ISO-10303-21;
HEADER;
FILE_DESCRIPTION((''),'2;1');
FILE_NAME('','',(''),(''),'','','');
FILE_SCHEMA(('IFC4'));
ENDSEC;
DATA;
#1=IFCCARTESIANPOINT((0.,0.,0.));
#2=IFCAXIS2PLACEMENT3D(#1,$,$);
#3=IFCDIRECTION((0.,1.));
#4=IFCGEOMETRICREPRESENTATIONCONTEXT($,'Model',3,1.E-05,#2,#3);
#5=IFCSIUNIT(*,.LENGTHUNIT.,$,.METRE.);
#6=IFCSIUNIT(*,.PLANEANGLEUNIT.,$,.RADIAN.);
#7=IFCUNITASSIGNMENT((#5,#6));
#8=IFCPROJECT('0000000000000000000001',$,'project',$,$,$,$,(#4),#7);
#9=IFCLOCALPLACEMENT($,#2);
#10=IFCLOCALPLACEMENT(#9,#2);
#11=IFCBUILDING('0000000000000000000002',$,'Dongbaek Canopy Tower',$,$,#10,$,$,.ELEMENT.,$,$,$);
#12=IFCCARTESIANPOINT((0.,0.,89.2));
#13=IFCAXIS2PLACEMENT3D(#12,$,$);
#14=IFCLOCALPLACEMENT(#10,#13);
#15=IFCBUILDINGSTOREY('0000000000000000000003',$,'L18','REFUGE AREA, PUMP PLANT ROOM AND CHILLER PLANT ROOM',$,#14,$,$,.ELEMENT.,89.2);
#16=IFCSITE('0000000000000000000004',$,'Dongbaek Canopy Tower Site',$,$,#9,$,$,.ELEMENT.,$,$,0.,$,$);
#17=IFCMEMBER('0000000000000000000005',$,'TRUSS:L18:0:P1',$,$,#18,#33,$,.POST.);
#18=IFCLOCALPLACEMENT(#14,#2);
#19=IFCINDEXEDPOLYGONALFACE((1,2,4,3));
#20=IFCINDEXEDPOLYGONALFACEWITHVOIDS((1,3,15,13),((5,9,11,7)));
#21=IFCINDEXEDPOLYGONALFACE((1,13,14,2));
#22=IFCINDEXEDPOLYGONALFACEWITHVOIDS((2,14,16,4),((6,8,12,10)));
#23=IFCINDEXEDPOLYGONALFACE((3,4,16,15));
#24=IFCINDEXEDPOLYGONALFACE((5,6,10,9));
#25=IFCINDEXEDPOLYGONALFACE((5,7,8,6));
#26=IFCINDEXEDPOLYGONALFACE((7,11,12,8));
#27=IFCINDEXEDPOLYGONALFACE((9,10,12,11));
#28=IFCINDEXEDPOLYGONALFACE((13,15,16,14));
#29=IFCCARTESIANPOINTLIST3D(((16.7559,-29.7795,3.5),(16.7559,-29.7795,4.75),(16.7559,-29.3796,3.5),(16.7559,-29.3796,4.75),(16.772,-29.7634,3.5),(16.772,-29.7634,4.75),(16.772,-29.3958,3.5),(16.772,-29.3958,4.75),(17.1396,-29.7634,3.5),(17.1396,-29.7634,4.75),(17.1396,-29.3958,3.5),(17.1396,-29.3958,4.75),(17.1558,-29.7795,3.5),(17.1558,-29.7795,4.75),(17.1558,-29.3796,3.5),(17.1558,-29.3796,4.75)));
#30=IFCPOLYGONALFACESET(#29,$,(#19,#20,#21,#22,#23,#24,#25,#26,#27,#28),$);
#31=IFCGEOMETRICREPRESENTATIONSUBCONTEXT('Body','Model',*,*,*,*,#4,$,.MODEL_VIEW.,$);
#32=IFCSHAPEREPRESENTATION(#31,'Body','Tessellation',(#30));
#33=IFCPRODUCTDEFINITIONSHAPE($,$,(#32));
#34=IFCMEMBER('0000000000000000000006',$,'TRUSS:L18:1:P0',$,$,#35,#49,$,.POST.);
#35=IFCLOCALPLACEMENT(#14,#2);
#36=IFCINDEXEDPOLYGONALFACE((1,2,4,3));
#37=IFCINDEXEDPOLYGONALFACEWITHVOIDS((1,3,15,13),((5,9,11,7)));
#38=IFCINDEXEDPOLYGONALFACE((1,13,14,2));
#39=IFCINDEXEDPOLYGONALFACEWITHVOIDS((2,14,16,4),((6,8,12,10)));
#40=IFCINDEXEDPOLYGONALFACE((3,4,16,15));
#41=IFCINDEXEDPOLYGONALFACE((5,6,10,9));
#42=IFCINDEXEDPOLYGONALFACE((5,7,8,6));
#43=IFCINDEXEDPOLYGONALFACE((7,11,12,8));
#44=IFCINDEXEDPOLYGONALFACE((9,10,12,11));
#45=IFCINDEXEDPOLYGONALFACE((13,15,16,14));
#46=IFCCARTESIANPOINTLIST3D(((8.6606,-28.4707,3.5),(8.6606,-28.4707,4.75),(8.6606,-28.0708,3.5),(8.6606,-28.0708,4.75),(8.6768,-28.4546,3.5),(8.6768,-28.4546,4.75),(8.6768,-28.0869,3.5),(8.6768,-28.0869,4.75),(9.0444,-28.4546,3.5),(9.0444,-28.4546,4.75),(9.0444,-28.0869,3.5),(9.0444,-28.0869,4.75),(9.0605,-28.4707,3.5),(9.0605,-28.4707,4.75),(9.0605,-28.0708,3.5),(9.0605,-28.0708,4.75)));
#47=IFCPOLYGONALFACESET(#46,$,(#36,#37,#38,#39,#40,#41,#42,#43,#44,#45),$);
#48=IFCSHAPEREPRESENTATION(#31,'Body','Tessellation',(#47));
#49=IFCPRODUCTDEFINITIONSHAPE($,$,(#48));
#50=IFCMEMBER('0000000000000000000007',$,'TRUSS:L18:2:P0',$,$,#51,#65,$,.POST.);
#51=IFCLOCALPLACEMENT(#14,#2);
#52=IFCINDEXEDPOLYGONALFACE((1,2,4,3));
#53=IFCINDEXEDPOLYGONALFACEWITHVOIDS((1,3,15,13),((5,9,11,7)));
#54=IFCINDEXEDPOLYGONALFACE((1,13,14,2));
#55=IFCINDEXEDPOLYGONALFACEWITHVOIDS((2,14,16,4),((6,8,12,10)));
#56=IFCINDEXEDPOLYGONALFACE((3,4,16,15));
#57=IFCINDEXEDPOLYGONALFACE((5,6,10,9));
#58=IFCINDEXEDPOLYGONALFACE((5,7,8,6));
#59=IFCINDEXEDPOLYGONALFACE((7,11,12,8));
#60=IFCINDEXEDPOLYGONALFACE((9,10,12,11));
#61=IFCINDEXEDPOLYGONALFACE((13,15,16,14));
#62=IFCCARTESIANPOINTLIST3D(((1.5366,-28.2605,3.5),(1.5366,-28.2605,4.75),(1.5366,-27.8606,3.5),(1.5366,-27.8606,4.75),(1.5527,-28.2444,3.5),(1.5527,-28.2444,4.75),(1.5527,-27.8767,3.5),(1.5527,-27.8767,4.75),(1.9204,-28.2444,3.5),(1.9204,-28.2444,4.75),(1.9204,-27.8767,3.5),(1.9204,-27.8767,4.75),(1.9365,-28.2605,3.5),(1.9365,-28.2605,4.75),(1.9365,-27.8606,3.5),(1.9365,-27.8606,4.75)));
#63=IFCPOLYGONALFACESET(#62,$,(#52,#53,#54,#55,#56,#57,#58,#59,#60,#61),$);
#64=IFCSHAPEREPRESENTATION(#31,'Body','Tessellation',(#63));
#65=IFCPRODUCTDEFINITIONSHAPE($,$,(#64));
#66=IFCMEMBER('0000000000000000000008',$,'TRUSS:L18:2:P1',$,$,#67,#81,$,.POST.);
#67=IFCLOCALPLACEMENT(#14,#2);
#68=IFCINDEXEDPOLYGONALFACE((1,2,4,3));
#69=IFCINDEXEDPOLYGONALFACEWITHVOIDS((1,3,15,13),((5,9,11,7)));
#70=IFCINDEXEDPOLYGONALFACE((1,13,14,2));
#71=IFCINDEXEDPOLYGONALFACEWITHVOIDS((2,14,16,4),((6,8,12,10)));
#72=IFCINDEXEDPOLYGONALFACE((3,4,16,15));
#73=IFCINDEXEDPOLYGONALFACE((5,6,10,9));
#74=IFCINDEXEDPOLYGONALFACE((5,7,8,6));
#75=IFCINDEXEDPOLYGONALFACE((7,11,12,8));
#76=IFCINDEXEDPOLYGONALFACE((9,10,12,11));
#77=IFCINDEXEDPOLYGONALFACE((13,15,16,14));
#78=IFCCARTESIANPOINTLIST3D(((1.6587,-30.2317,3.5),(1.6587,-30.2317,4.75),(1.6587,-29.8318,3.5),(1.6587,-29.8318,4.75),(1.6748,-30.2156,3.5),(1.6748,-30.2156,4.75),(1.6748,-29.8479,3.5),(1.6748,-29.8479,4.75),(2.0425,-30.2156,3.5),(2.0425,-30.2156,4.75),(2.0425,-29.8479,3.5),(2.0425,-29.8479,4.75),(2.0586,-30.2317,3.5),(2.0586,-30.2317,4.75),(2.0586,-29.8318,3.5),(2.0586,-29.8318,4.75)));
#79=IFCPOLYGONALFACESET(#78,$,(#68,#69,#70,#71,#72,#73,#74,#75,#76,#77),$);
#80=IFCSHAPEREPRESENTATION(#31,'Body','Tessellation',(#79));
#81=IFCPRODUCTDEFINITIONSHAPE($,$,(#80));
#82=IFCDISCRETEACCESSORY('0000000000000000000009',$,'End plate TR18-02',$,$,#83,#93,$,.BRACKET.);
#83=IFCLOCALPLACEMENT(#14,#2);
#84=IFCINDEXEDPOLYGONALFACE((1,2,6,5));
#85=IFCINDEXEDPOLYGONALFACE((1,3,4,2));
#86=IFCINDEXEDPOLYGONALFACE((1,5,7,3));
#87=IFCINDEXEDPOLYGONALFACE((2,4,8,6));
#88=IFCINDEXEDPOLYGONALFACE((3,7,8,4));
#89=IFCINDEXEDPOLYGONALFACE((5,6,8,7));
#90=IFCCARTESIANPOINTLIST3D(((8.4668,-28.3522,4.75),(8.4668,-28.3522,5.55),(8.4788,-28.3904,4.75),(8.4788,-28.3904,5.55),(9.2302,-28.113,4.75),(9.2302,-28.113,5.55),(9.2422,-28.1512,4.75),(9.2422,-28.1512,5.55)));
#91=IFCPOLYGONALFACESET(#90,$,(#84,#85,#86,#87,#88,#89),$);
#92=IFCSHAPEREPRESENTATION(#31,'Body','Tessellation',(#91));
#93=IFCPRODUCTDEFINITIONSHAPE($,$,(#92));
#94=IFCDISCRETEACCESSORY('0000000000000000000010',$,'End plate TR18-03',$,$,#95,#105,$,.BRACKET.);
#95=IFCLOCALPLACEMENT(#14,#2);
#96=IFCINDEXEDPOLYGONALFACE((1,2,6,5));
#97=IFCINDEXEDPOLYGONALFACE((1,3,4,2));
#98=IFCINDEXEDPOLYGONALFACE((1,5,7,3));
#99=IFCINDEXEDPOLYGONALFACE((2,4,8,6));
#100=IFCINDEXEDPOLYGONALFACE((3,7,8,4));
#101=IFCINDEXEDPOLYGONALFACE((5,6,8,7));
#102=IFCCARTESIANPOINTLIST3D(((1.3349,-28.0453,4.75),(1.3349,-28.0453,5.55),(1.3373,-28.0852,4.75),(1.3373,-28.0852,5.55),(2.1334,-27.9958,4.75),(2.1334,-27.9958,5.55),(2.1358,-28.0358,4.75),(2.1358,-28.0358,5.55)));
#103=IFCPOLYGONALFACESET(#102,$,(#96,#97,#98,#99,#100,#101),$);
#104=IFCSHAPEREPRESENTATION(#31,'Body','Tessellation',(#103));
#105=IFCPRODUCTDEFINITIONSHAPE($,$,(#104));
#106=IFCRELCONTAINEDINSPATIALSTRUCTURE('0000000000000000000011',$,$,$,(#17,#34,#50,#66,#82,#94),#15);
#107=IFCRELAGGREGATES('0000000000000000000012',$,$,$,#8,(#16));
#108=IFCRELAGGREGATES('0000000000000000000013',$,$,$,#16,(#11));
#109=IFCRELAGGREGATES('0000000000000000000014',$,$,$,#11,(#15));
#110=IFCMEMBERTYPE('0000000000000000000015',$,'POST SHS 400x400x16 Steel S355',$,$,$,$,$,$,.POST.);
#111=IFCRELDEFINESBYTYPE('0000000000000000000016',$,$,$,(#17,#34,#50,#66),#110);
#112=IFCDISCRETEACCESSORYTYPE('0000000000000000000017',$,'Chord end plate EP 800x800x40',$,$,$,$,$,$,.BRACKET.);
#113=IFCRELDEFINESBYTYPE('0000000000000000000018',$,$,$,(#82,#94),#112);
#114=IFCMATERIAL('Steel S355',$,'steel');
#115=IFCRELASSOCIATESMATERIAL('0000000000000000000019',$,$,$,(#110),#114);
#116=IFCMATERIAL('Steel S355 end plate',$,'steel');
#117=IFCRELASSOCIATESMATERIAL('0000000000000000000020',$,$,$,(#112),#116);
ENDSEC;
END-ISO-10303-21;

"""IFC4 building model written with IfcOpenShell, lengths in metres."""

from ifc_helpers import new_model, si_unit, direction, frame, origin, origin_2d, place, context, subcontext, project, spatial, rectangle, hollow_rectangle, extrude, material, material_profile, profile_set, type_object, element, save


model = new_model("IFC4")

# Units and contexts
model_context = context("Model", 3, precision=1e-05, world=origin(), true_north=direction((0.0, 1.0)))
body_context = subcontext(model_context, "Body", "Model", "MODEL_VIEW")
ifc_project = project(units=[si_unit("LENGTHUNIT", "METRE"), si_unit("PLANEANGLEUNIT", "RADIAN")], contexts=[model_context])

# Site, building, storey
site_placement = place(None, origin())
site = spatial("IfcSite", under=ifc_project, at=site_placement, Name="Dongbaek Canopy Tower Site", CompositionType="ELEMENT", RefElevation=0.0)
building_placement = place(site_placement, origin())
building = spatial("IfcBuilding", under=site, at=building_placement, Name="Dongbaek Canopy Tower", CompositionType="ELEMENT")
storey_placement = place(building_placement, frame((0.0, 0.0, 89.2)))
storey = spatial("IfcBuildingStorey", under=building, at=storey_placement, Name="L18", Description="REFUGE AREA, PUMP PLANT ROOM AND CHILLER PLANT ROOM", CompositionType="ELEMENT", Elevation=89.2)

# Members
ifc_material_1 = material(Name="Steel S355", Category="steel")
ifc_material_profile_1 = material_profile(ifc_material_1, hollow_rectangle(XDim=0.3999, YDim=0.3999, WallThickness=0.0161, at=origin_2d()), Name="POST SHS 400x400x16 Steel S355")
ifc_profile_set_1 = profile_set([ifc_material_profile_1], Name="Steel S355")
member_type_1 = type_object("IfcMemberType", Name="POST SHS 400x400x16 Steel S355", PredefinedType="POST", material=ifc_profile_set_1)
for number, where, z_axis, x_axis, name in (
    (1, (16.9558, -29.5796, 3.5), (0.0, 0.0, 1.0), (1.0, 0.0, 0.0), "TRUSS:L18:0:P1"),
    (2, (8.8606, -28.2708, 3.5), (0.0, 0.0, 1.0), (1.0, 0.0, 0.0), "TRUSS:L18:1:P0"),
    (3, (1.7366, -28.0605, 3.5), (0.0, 0.0, 1.0), (1.0, 0.0, 0.0), "TRUSS:L18:2:P0"),
    (4, (1.8586, -30.0317, 3.5), (0.0, 0.0, 1.0), (1.0, 0.0, 0.0), "TRUSS:L18:2:P1"),
):
    element("IfcMember", number, at=place(storey_placement, frame(where, z_axis=z_axis, x_axis=x_axis)), inside=storey, type_object=member_type_1, Name=name, PredefinedType="POST", context=body_context, shape_type="SweptSolid", body=[
        extrude(hollow_rectangle(XDim=0.3999, YDim=0.3999, WallThickness=0.0161, at=origin_2d()), origin(), (0.0, 0.0, 1.0), 1.25),
    ])

# Discrete accessories
ifc_material_2 = material(Name="Steel S355 end plate", Category="steel")
discrete_accessory_type = type_object("IfcDiscreteAccessoryType", Name="Chord end plate EP 800x800x40", PredefinedType="BRACKET", material=ifc_material_2)
for number, where, z_axis, x_axis, name in (
    (5, (8.8545, -28.2517, 4.75), (0.0, 0.0, 1.0), (0.299074, -0.95423, 0.0), "End plate TR18-02"),
    (6, (1.7354, -28.0405, 4.75), (0.0, 0.0, 1.0), (0.06177, -0.99809, 0.0), "End plate TR18-03"),
):
    element("IfcDiscreteAccessory", number, at=place(storey_placement, frame(where, z_axis=z_axis, x_axis=x_axis)), inside=storey, type_object=discrete_accessory_type, Name=name, PredefinedType="BRACKET", context=body_context, shape_type="SweptSolid", body=[
        extrude(rectangle(XDim=0.04, YDim=0.8, at=origin_2d()), origin(), (0.0, 0.0, 1.0), 0.8),
    ])

save(model, "model.ifc")
